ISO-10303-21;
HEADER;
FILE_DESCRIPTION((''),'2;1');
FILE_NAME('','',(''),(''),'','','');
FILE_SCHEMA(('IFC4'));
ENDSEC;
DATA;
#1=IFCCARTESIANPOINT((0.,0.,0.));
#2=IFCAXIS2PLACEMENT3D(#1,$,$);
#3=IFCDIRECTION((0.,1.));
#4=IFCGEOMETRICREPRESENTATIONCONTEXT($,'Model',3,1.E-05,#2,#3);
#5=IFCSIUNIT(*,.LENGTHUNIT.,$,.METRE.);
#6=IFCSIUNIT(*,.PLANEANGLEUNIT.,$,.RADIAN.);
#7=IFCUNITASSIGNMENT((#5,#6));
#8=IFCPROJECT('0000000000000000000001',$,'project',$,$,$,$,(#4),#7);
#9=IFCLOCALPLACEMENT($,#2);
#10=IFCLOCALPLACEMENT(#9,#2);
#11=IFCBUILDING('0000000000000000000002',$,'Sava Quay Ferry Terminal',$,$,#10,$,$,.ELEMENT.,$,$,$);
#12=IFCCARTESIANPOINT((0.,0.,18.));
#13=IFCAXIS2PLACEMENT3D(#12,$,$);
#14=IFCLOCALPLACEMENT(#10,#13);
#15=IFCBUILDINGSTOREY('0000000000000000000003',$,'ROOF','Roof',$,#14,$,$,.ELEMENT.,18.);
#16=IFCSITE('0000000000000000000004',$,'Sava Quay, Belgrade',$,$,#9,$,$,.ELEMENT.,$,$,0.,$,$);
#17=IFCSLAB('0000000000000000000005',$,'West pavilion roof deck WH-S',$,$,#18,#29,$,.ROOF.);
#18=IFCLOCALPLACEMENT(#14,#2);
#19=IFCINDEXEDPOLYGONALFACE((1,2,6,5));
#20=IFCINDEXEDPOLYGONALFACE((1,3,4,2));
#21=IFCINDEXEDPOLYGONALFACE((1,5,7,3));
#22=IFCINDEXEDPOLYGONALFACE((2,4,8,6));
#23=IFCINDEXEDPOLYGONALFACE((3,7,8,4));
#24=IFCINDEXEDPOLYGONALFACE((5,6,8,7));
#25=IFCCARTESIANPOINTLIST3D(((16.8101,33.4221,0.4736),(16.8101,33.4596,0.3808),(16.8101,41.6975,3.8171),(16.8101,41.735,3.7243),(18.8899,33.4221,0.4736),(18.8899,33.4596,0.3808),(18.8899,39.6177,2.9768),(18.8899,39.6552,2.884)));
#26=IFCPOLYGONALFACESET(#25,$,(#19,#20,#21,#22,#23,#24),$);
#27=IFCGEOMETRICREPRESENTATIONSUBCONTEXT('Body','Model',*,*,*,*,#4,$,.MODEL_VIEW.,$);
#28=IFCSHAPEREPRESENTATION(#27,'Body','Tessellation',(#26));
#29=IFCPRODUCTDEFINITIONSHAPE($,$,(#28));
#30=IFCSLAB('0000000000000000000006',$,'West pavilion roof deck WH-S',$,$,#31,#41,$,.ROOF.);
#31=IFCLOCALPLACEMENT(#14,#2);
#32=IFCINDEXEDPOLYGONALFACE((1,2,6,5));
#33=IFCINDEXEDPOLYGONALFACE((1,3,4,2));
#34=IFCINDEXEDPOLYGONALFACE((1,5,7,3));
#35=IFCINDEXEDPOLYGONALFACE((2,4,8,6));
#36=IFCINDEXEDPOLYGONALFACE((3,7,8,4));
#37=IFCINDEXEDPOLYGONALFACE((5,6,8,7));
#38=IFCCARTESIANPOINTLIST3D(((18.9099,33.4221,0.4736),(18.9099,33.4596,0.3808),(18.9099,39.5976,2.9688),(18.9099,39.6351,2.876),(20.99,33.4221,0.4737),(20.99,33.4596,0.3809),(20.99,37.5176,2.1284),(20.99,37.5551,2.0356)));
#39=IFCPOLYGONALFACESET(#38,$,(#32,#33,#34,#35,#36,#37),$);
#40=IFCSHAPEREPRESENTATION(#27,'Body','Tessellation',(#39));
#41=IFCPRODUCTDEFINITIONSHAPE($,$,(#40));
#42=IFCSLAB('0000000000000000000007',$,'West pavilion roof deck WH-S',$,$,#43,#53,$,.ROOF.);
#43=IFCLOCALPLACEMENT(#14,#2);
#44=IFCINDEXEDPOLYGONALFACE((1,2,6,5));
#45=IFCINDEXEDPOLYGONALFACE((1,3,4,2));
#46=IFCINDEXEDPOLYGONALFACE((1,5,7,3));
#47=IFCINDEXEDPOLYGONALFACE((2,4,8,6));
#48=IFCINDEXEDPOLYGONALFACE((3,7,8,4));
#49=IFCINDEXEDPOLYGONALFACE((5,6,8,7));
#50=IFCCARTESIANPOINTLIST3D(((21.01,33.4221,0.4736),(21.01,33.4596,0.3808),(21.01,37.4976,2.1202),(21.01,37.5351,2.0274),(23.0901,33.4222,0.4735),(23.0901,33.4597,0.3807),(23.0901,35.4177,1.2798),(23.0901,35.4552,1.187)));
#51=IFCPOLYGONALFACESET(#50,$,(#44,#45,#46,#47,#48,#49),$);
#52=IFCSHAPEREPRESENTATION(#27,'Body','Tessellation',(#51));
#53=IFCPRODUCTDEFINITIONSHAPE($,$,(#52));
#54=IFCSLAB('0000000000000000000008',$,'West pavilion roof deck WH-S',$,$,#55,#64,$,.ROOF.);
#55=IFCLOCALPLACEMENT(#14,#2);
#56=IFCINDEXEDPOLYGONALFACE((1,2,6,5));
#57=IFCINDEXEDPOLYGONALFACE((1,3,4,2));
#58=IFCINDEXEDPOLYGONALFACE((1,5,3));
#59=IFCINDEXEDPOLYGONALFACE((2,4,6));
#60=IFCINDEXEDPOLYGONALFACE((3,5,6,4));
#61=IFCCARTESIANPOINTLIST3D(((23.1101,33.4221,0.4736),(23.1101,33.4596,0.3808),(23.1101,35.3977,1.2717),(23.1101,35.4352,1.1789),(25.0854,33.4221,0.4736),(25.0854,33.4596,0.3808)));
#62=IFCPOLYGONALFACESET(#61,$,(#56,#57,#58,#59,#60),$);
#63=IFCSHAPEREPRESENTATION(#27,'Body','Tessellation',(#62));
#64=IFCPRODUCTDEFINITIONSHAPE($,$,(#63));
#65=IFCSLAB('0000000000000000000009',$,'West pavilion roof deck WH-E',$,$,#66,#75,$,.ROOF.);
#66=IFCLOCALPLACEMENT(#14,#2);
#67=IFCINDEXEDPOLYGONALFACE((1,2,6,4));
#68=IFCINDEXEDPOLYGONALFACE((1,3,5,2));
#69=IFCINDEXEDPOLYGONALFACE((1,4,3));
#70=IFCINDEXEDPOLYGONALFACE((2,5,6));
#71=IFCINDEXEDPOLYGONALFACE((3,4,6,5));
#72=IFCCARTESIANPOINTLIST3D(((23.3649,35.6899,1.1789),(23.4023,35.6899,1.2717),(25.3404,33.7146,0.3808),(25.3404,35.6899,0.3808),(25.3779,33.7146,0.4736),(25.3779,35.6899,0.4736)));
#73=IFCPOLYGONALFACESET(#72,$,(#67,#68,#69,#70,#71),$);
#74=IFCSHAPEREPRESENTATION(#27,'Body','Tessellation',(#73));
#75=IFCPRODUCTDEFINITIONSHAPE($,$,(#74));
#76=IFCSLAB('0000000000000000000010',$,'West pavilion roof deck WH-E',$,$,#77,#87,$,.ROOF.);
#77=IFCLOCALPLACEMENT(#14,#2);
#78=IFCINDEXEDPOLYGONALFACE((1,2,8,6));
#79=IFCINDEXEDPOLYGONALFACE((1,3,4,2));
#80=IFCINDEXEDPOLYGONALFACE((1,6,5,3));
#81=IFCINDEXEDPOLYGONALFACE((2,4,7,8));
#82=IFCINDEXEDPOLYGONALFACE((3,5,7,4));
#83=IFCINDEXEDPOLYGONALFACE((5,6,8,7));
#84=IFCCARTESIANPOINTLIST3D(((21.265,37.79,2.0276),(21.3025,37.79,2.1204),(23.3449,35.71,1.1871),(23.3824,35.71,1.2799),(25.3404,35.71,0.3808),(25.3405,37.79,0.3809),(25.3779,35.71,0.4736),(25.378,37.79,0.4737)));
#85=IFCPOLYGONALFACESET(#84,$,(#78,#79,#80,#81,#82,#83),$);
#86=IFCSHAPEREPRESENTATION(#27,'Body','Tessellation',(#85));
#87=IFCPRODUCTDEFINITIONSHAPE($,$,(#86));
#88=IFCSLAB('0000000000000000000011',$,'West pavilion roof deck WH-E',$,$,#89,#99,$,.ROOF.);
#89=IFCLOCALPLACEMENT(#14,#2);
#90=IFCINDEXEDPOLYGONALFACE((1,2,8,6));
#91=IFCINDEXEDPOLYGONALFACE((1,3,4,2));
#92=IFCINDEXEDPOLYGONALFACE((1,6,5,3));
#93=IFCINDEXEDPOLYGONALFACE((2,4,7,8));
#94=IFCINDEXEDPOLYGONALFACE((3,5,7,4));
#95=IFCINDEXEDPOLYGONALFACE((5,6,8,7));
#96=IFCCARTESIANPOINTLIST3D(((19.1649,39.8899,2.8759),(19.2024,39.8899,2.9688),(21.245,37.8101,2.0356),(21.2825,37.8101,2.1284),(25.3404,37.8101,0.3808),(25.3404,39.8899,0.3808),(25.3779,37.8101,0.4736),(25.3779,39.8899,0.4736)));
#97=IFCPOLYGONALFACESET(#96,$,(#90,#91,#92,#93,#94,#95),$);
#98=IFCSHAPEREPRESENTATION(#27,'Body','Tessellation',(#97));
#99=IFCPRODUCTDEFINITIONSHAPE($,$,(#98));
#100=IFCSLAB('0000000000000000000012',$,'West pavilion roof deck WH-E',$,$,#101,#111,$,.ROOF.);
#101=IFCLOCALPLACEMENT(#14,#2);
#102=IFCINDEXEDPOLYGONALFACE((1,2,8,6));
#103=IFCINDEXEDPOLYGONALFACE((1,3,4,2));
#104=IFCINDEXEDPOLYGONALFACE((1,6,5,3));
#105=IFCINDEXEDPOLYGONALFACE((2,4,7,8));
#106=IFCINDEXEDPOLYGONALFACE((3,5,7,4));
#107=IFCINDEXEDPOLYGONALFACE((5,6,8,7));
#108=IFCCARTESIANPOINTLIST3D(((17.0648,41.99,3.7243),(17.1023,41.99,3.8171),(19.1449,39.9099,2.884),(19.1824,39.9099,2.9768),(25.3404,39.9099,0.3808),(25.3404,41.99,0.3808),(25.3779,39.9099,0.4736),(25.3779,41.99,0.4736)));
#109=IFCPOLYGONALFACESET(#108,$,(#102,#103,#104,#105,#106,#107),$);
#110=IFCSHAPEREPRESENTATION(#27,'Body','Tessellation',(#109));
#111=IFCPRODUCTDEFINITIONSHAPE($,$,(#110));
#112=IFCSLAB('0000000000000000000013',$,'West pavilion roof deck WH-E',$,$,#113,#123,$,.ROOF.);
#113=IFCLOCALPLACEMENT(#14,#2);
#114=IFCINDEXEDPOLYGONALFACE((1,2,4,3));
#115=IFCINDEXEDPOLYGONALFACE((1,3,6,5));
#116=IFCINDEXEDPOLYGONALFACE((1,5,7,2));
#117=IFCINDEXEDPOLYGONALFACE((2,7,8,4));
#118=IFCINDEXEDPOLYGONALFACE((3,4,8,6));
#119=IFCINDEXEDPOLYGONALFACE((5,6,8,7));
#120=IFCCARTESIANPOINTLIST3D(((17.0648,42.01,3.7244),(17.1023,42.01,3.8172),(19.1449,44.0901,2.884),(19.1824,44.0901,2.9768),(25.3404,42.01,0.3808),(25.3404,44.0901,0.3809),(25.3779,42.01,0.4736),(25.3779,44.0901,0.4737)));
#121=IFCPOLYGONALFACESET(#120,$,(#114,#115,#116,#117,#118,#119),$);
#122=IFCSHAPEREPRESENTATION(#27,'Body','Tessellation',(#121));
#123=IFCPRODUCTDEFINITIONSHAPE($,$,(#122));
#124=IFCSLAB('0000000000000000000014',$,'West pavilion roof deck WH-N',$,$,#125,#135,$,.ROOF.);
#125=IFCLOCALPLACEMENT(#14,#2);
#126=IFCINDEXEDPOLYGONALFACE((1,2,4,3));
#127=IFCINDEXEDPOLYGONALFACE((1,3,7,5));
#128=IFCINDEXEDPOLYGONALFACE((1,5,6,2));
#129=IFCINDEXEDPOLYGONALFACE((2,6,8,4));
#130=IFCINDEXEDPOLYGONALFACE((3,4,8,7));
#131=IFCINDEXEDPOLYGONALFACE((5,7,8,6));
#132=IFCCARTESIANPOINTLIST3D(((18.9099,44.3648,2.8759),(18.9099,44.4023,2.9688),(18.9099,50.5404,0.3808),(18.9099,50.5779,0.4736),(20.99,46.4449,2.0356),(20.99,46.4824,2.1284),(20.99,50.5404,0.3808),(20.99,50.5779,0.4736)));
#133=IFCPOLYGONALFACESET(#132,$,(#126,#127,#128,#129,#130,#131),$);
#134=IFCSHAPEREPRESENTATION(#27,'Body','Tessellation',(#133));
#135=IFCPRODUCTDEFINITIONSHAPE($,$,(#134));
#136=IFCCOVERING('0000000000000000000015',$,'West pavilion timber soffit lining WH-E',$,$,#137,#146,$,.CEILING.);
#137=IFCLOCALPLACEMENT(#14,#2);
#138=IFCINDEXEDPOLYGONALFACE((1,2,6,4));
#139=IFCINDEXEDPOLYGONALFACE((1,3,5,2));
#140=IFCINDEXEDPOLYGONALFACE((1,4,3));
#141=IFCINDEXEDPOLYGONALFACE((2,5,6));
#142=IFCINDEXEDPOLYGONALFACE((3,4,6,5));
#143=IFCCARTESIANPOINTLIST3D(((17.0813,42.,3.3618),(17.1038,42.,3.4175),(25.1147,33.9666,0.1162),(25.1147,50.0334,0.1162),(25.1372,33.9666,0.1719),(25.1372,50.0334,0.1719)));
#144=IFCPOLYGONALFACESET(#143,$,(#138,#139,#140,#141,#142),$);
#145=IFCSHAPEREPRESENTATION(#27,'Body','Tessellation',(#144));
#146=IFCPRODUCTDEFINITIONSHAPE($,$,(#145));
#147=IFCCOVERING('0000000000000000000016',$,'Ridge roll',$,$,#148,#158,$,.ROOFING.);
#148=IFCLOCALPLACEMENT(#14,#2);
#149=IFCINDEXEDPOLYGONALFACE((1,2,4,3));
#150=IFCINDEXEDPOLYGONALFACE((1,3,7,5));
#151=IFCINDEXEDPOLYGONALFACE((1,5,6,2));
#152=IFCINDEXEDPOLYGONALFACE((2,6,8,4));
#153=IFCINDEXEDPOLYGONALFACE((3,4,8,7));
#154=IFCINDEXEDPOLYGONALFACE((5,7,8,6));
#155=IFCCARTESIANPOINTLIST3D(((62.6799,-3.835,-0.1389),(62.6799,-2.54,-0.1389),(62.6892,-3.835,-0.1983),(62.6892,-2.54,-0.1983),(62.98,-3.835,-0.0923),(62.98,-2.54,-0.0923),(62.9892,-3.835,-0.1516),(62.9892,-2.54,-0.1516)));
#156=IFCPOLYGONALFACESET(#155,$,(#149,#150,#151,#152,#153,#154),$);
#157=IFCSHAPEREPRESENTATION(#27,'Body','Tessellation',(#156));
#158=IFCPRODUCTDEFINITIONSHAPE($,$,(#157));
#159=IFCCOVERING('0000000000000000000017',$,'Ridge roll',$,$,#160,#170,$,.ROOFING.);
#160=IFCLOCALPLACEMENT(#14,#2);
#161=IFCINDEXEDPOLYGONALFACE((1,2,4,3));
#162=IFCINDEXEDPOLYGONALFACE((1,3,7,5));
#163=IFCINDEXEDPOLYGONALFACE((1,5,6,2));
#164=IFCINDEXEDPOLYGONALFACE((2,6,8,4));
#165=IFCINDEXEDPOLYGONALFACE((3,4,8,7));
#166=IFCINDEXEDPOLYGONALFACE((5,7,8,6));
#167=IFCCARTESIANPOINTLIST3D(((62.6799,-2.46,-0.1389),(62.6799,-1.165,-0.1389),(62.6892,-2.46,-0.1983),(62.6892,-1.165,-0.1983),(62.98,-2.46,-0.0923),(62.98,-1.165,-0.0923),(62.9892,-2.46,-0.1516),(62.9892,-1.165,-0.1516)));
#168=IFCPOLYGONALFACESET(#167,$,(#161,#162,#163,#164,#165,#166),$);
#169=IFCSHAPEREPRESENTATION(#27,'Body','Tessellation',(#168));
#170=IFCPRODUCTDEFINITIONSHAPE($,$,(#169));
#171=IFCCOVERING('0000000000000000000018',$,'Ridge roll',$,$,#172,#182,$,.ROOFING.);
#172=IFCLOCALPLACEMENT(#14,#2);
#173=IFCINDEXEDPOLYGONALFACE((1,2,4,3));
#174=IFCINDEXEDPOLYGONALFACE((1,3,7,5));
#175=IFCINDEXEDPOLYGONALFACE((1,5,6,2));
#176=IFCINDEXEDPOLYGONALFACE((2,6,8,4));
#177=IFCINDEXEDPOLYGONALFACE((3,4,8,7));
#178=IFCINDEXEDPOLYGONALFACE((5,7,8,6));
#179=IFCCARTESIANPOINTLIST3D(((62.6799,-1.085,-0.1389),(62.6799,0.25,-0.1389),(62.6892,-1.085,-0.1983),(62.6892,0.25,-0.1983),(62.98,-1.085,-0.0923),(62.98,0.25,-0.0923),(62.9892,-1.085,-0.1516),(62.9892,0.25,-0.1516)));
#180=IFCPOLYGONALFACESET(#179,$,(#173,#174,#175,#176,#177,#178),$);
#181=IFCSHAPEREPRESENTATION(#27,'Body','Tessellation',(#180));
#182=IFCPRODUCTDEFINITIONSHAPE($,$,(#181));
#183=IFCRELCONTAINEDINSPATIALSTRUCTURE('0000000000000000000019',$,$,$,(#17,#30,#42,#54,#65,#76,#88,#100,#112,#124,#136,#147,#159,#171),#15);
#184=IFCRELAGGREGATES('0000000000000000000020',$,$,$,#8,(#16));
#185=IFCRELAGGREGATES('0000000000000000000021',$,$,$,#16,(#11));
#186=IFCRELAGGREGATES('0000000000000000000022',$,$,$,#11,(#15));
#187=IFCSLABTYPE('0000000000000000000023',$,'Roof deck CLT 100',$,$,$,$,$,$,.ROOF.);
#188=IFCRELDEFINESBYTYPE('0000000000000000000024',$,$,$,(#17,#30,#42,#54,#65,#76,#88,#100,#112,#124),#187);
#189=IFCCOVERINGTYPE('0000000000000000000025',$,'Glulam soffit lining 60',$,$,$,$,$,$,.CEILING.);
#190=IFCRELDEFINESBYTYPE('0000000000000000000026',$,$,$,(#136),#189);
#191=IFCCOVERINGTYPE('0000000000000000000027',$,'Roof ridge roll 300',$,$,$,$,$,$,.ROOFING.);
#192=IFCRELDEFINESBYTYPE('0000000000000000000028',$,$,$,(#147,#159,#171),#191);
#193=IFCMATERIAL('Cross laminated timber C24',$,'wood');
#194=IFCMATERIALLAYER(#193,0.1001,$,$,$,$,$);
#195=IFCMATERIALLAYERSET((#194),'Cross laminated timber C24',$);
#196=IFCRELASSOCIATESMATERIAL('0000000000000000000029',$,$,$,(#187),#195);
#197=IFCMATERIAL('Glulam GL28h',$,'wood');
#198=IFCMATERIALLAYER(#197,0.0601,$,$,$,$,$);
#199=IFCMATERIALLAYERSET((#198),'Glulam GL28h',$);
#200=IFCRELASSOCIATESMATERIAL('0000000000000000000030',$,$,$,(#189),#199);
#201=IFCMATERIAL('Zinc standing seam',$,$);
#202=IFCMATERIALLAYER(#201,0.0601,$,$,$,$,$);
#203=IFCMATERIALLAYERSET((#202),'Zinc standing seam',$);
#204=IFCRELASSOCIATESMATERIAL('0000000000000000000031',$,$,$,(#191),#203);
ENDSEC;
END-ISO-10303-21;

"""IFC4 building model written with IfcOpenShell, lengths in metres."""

from ifc_helpers import new_model, si_unit, direction, frame, origin, place, context, subcontext, project, spatial, polyline, outline, extrude, material, layer, layer_set, type_object, element, save


model = new_model("IFC4")

# Units and contexts
model_context = context("Model", 3, precision=1e-05, world=origin(), true_north=direction((0.0, 1.0)))
body_context = subcontext(model_context, "Body", "Model", "MODEL_VIEW")
ifc_project = project(units=[si_unit("LENGTHUNIT", "METRE"), si_unit("PLANEANGLEUNIT", "RADIAN")], contexts=[model_context])

# Site, building, storey
site_placement = place(None, origin())
site = spatial("IfcSite", under=ifc_project, at=site_placement, Name="Sava Quay, Belgrade", CompositionType="ELEMENT", RefElevation=0.0)
building_placement = place(site_placement, origin())
building = spatial("IfcBuilding", under=site, at=building_placement, Name="Sava Quay Ferry Terminal", CompositionType="ELEMENT")
storey_placement = place(building_placement, frame((0.0, 0.0, 18.0)))
storey = spatial("IfcBuildingStorey", under=building, at=storey_placement, Name="ROOF", Description="Roof", CompositionType="ELEMENT", Elevation=18.0)

# Slabs
ifc_material_1 = material(Name="Cross laminated timber C24", Category="wood")
ifc_layer_1 = layer(ifc_material_1, 0.1001)
ifc_layer_set_1 = layer_set([ifc_layer_1], Name="Cross laminated timber C24")
slab_type = type_object("IfcSlabType", Name="Roof deck CLT 100", PredefinedType="ROOF", material=ifc_layer_set_1)
slab_1_placement = place(storey_placement, frame((18.8899, 39.6177, 2.9768), z_axis=(0.000004, -0.374609, 0.927183), x_axis=(0.0, -0.927183, -0.374609)))
element("IfcSlab", 1, at=slab_1_placement, inside=storey, type_object=slab_type, Name="West pavilion roof deck WH-S", PredefinedType="ROOF", context=body_context, shape_type="SweptSolid", body=[
    extrude(outline(polyline([(0.0, 0.0), (6.6821, 0.0), (6.6821, -2.0798), (-2.2432, -2.0798), (0.0, 0.0)])), origin(), (0.0, 0.0, -1.0), 0.1001),
])
slab_2_placement = place(storey_placement, frame((20.99, 37.5176, 2.1284), z_axis=(-0.000023, -0.374618, 0.927179), x_axis=(0.0, -0.927179, -0.374618)))
element("IfcSlab", 2, at=slab_2_placement, inside=storey, type_object=slab_type, Name="West pavilion roof deck WH-S", PredefinedType="ROOF", context=body_context, shape_type="SweptSolid", body=[
    extrude(outline(polyline([(0.0, 0.0), (4.4171, 0.0), (4.4171, -2.0801), (-2.2434, -2.0801), (0.0, 0.0)])), origin(), (0.0, 0.0, -1.0), 0.1001),
])
slab_3_placement = place(storey_placement, frame((23.0901, 35.4177, 1.2798), z_axis=(0.000058, -0.374609, 0.927183), x_axis=(0.0, -0.927183, -0.374609)))
element("IfcSlab", 3, at=slab_3_placement, inside=storey, type_object=slab_type, Name="West pavilion roof deck WH-S", PredefinedType="ROOF", context=body_context, shape_type="SweptSolid", body=[
    extrude(outline(polyline([(0.0, 0.0), (2.1523, 0.0), (2.1523, -2.0801), (-2.2433, -2.0801), (0.0, 0.0)])), origin(), (0.0, 0.0, -1.0), 0.1001),
])
slab_4_placement = place(storey_placement, frame((25.0854, 33.4221, 0.4736), z_axis=(0.0, -0.374569, 0.927199), x_axis=(-1.0, 0.0, 0.0)))
element("IfcSlab", 4, at=slab_4_placement, inside=storey, type_object=slab_type, Name="West pavilion roof deck WH-S", PredefinedType="ROOF", context=body_context, shape_type="SweptSolid", body=[
    extrude(outline(polyline([(0.0, 0.0), (1.9753, 0.0), (1.9753, -2.1307), (0.0, 0.0)])), origin(), (0.0, 0.0, -1.0), 0.1001),
])
slab_5_placement = place(storey_placement, frame((23.4023, 35.6899, 1.2717), z_axis=(0.374569, 0.0, 0.927199), x_axis=(0.927199, 0.0, -0.374569)))
element("IfcSlab", 5, at=slab_5_placement, inside=storey, type_object=slab_type, Name="West pavilion roof deck WH-E", PredefinedType="ROOF", context=body_context, shape_type="SweptSolid", body=[
    extrude(outline(polyline([(0.0, 0.0), (2.1307, 0.0), (2.1307, -1.9753), (0.0, 0.0)])), origin(), (0.0, 0.0, -1.0), 0.1001),
])
slab_6_placement = place(storey_placement, frame((21.3025, 37.79, 2.1204), z_axis=(0.374609, -0.000058, 0.927183), x_axis=(0.927183, 0.0, -0.374609)))
element("IfcSlab", 6, at=slab_6_placement, inside=storey, type_object=slab_type, Name="West pavilion roof deck WH-E", PredefinedType="ROOF", context=body_context, shape_type="SweptSolid", body=[
    extrude(outline(polyline([(0.0, 0.0), (4.3956, 0.0), (4.3956, -2.0801), (2.2433, -2.0801), (0.0, 0.0)])), origin(), (0.0, 0.0, -1.0), 0.1001),
])
slab_7_placement = place(storey_placement, frame((19.2024, 39.8899, 2.9688), z_axis=(0.374618, 0.000023, 0.927179), x_axis=(0.927179, 0.0, -0.374618)))
element("IfcSlab", 7, at=slab_7_placement, inside=storey, type_object=slab_type, Name="West pavilion roof deck WH-E", PredefinedType="ROOF", context=body_context, shape_type="SweptSolid", body=[
    extrude(outline(polyline([(0.0, 0.0), (6.6605, 0.0), (6.6605, -2.0798), (2.2434, -2.0798), (0.0, 0.0)])), origin(), (0.0, 0.0, -1.0), 0.1001),
])
slab_8_placement = place(storey_placement, frame((17.1023, 41.99, 3.8171), z_axis=(0.374603, 0.000015, 0.927185), x_axis=(0.927185, 0.0, -0.374603)))
element("IfcSlab", 8, at=slab_8_placement, inside=storey, type_object=slab_type, Name="West pavilion roof deck WH-E", PredefinedType="ROOF", context=body_context, shape_type="SweptSolid", body=[
    extrude(outline(polyline([(0.0, 0.0), (8.9255, 0.0), (8.9255, -2.0801), (2.2434, -2.0801), (0.0, 0.0)])), origin(), (0.0, 0.0, -1.0), 0.1001),
])
slab_9_placement = place(storey_placement, frame((19.1824, 44.0901, 2.9768), z_axis=(0.374603, -0.000015, 0.927185), x_axis=(0.927185, 0.0, -0.374603)))
element("IfcSlab", 9, at=slab_9_placement, inside=storey, type_object=slab_type, Name="West pavilion roof deck WH-E", PredefinedType="ROOF", context=body_context, shape_type="SweptSolid", body=[
    extrude(outline(polyline([(0.0, 0.0), (6.6821, 0.0), (6.6821, -2.0801), (-2.2434, -2.0801), (0.0, 0.0)])), origin(), (0.0, 0.0, -1.0), 0.1001),
])
slab_10_placement = place(storey_placement, frame((18.9099, 44.4023, 2.9688), z_axis=(-0.000023, 0.374618, 0.927179), x_axis=(0.0, 0.927179, -0.374618)))
element("IfcSlab", 10, at=slab_10_placement, inside=storey, type_object=slab_type, Name="West pavilion roof deck WH-N", PredefinedType="ROOF", context=body_context, shape_type="SweptSolid", body=[
    extrude(outline(polyline([(0.0, 0.0), (6.6605, 0.0), (6.6605, -2.0801), (2.2434, -2.0801), (0.0, 0.0)])), origin(), (0.0, 0.0, -1.0), 0.1001),
])

# Coverings
ifc_material_2 = material(Name="Glulam GL28h", Category="wood")
ifc_layer_2 = layer(ifc_material_2, 0.0601)
ifc_layer_set_2 = layer_set([ifc_layer_2], Name="Glulam GL28h")
covering_type_1 = type_object("IfcCoveringType", Name="Glulam soffit lining 60", PredefinedType="CEILING", material=ifc_layer_set_2)
covering_1_placement = place(storey_placement, frame((25.1372, 33.9666, 0.1719), z_axis=(0.374595, 0.0, 0.927189), x_axis=(-0.679906, 0.679906, 0.27469)))
element("IfcCovering", 11, at=covering_1_placement, inside=storey, type_object=covering_type_1, Name="West pavilion timber soffit lining WH-E", PredefinedType="CEILING", context=body_context, shape_type="SweptSolid", body=[
    extrude(outline(polyline([(0.0, 0.0), (11.8155, 0.0), (10.924, -11.7818), (0.0, 0.0)])), origin(), (0.0, 0.0, -1.0), 0.0601),
])
ifc_material_3 = material(Name="Zinc standing seam")
ifc_layer_3 = layer(ifc_material_3, 0.0601)
ifc_layer_set_3 = layer_set([ifc_layer_3], Name="Zinc standing seam")
covering_type_2 = type_object("IfcCoveringType", Name="Roof ridge roll 300", PredefinedType="ROOFING", material=ifc_layer_set_3)
for number, where, z_axis, x_axis, name in (
    (12, (62.6799, -3.835, -0.1389), (-0.153567, 0.0, 0.988138), (0.0, 1.0, 0.0), "Ridge roll"),
    (13, (62.6799, -2.46, -0.1389), (-0.153567, 0.0, 0.988138), (0.0, 1.0, 0.0), "Ridge roll"),
):
    element("IfcCovering", number, at=place(storey_placement, frame(where, z_axis=z_axis, x_axis=x_axis)), inside=storey, type_object=covering_type_2, Name=name, PredefinedType="ROOFING", context=body_context, shape_type="SweptSolid", body=[
        extrude(outline(polyline([(0.0, 0.0), (1.2949, 0.0), (1.2949, -0.3037), (0.0, -0.3037), (0.0, 0.0)])), origin(), (0.0, 0.0, -1.0), 0.0601),
    ])
covering_2_placement = place(storey_placement, frame((62.6799, -1.085, -0.1389), z_axis=(-0.153567, 0.0, 0.988138), x_axis=(0.0, 1.0, 0.0)))
element("IfcCovering", 14, at=covering_2_placement, inside=storey, type_object=covering_type_2, Name="Ridge roll", PredefinedType="ROOFING", context=body_context, shape_type="SweptSolid", body=[
    extrude(outline(polyline([(0.0, 0.0), (1.335, 0.0), (1.335, -0.3037), (0.0, -0.3037), (0.0, 0.0)])), origin(), (0.0, 0.0, -1.0), 0.0601),
])

save(model, "model.ifc")
